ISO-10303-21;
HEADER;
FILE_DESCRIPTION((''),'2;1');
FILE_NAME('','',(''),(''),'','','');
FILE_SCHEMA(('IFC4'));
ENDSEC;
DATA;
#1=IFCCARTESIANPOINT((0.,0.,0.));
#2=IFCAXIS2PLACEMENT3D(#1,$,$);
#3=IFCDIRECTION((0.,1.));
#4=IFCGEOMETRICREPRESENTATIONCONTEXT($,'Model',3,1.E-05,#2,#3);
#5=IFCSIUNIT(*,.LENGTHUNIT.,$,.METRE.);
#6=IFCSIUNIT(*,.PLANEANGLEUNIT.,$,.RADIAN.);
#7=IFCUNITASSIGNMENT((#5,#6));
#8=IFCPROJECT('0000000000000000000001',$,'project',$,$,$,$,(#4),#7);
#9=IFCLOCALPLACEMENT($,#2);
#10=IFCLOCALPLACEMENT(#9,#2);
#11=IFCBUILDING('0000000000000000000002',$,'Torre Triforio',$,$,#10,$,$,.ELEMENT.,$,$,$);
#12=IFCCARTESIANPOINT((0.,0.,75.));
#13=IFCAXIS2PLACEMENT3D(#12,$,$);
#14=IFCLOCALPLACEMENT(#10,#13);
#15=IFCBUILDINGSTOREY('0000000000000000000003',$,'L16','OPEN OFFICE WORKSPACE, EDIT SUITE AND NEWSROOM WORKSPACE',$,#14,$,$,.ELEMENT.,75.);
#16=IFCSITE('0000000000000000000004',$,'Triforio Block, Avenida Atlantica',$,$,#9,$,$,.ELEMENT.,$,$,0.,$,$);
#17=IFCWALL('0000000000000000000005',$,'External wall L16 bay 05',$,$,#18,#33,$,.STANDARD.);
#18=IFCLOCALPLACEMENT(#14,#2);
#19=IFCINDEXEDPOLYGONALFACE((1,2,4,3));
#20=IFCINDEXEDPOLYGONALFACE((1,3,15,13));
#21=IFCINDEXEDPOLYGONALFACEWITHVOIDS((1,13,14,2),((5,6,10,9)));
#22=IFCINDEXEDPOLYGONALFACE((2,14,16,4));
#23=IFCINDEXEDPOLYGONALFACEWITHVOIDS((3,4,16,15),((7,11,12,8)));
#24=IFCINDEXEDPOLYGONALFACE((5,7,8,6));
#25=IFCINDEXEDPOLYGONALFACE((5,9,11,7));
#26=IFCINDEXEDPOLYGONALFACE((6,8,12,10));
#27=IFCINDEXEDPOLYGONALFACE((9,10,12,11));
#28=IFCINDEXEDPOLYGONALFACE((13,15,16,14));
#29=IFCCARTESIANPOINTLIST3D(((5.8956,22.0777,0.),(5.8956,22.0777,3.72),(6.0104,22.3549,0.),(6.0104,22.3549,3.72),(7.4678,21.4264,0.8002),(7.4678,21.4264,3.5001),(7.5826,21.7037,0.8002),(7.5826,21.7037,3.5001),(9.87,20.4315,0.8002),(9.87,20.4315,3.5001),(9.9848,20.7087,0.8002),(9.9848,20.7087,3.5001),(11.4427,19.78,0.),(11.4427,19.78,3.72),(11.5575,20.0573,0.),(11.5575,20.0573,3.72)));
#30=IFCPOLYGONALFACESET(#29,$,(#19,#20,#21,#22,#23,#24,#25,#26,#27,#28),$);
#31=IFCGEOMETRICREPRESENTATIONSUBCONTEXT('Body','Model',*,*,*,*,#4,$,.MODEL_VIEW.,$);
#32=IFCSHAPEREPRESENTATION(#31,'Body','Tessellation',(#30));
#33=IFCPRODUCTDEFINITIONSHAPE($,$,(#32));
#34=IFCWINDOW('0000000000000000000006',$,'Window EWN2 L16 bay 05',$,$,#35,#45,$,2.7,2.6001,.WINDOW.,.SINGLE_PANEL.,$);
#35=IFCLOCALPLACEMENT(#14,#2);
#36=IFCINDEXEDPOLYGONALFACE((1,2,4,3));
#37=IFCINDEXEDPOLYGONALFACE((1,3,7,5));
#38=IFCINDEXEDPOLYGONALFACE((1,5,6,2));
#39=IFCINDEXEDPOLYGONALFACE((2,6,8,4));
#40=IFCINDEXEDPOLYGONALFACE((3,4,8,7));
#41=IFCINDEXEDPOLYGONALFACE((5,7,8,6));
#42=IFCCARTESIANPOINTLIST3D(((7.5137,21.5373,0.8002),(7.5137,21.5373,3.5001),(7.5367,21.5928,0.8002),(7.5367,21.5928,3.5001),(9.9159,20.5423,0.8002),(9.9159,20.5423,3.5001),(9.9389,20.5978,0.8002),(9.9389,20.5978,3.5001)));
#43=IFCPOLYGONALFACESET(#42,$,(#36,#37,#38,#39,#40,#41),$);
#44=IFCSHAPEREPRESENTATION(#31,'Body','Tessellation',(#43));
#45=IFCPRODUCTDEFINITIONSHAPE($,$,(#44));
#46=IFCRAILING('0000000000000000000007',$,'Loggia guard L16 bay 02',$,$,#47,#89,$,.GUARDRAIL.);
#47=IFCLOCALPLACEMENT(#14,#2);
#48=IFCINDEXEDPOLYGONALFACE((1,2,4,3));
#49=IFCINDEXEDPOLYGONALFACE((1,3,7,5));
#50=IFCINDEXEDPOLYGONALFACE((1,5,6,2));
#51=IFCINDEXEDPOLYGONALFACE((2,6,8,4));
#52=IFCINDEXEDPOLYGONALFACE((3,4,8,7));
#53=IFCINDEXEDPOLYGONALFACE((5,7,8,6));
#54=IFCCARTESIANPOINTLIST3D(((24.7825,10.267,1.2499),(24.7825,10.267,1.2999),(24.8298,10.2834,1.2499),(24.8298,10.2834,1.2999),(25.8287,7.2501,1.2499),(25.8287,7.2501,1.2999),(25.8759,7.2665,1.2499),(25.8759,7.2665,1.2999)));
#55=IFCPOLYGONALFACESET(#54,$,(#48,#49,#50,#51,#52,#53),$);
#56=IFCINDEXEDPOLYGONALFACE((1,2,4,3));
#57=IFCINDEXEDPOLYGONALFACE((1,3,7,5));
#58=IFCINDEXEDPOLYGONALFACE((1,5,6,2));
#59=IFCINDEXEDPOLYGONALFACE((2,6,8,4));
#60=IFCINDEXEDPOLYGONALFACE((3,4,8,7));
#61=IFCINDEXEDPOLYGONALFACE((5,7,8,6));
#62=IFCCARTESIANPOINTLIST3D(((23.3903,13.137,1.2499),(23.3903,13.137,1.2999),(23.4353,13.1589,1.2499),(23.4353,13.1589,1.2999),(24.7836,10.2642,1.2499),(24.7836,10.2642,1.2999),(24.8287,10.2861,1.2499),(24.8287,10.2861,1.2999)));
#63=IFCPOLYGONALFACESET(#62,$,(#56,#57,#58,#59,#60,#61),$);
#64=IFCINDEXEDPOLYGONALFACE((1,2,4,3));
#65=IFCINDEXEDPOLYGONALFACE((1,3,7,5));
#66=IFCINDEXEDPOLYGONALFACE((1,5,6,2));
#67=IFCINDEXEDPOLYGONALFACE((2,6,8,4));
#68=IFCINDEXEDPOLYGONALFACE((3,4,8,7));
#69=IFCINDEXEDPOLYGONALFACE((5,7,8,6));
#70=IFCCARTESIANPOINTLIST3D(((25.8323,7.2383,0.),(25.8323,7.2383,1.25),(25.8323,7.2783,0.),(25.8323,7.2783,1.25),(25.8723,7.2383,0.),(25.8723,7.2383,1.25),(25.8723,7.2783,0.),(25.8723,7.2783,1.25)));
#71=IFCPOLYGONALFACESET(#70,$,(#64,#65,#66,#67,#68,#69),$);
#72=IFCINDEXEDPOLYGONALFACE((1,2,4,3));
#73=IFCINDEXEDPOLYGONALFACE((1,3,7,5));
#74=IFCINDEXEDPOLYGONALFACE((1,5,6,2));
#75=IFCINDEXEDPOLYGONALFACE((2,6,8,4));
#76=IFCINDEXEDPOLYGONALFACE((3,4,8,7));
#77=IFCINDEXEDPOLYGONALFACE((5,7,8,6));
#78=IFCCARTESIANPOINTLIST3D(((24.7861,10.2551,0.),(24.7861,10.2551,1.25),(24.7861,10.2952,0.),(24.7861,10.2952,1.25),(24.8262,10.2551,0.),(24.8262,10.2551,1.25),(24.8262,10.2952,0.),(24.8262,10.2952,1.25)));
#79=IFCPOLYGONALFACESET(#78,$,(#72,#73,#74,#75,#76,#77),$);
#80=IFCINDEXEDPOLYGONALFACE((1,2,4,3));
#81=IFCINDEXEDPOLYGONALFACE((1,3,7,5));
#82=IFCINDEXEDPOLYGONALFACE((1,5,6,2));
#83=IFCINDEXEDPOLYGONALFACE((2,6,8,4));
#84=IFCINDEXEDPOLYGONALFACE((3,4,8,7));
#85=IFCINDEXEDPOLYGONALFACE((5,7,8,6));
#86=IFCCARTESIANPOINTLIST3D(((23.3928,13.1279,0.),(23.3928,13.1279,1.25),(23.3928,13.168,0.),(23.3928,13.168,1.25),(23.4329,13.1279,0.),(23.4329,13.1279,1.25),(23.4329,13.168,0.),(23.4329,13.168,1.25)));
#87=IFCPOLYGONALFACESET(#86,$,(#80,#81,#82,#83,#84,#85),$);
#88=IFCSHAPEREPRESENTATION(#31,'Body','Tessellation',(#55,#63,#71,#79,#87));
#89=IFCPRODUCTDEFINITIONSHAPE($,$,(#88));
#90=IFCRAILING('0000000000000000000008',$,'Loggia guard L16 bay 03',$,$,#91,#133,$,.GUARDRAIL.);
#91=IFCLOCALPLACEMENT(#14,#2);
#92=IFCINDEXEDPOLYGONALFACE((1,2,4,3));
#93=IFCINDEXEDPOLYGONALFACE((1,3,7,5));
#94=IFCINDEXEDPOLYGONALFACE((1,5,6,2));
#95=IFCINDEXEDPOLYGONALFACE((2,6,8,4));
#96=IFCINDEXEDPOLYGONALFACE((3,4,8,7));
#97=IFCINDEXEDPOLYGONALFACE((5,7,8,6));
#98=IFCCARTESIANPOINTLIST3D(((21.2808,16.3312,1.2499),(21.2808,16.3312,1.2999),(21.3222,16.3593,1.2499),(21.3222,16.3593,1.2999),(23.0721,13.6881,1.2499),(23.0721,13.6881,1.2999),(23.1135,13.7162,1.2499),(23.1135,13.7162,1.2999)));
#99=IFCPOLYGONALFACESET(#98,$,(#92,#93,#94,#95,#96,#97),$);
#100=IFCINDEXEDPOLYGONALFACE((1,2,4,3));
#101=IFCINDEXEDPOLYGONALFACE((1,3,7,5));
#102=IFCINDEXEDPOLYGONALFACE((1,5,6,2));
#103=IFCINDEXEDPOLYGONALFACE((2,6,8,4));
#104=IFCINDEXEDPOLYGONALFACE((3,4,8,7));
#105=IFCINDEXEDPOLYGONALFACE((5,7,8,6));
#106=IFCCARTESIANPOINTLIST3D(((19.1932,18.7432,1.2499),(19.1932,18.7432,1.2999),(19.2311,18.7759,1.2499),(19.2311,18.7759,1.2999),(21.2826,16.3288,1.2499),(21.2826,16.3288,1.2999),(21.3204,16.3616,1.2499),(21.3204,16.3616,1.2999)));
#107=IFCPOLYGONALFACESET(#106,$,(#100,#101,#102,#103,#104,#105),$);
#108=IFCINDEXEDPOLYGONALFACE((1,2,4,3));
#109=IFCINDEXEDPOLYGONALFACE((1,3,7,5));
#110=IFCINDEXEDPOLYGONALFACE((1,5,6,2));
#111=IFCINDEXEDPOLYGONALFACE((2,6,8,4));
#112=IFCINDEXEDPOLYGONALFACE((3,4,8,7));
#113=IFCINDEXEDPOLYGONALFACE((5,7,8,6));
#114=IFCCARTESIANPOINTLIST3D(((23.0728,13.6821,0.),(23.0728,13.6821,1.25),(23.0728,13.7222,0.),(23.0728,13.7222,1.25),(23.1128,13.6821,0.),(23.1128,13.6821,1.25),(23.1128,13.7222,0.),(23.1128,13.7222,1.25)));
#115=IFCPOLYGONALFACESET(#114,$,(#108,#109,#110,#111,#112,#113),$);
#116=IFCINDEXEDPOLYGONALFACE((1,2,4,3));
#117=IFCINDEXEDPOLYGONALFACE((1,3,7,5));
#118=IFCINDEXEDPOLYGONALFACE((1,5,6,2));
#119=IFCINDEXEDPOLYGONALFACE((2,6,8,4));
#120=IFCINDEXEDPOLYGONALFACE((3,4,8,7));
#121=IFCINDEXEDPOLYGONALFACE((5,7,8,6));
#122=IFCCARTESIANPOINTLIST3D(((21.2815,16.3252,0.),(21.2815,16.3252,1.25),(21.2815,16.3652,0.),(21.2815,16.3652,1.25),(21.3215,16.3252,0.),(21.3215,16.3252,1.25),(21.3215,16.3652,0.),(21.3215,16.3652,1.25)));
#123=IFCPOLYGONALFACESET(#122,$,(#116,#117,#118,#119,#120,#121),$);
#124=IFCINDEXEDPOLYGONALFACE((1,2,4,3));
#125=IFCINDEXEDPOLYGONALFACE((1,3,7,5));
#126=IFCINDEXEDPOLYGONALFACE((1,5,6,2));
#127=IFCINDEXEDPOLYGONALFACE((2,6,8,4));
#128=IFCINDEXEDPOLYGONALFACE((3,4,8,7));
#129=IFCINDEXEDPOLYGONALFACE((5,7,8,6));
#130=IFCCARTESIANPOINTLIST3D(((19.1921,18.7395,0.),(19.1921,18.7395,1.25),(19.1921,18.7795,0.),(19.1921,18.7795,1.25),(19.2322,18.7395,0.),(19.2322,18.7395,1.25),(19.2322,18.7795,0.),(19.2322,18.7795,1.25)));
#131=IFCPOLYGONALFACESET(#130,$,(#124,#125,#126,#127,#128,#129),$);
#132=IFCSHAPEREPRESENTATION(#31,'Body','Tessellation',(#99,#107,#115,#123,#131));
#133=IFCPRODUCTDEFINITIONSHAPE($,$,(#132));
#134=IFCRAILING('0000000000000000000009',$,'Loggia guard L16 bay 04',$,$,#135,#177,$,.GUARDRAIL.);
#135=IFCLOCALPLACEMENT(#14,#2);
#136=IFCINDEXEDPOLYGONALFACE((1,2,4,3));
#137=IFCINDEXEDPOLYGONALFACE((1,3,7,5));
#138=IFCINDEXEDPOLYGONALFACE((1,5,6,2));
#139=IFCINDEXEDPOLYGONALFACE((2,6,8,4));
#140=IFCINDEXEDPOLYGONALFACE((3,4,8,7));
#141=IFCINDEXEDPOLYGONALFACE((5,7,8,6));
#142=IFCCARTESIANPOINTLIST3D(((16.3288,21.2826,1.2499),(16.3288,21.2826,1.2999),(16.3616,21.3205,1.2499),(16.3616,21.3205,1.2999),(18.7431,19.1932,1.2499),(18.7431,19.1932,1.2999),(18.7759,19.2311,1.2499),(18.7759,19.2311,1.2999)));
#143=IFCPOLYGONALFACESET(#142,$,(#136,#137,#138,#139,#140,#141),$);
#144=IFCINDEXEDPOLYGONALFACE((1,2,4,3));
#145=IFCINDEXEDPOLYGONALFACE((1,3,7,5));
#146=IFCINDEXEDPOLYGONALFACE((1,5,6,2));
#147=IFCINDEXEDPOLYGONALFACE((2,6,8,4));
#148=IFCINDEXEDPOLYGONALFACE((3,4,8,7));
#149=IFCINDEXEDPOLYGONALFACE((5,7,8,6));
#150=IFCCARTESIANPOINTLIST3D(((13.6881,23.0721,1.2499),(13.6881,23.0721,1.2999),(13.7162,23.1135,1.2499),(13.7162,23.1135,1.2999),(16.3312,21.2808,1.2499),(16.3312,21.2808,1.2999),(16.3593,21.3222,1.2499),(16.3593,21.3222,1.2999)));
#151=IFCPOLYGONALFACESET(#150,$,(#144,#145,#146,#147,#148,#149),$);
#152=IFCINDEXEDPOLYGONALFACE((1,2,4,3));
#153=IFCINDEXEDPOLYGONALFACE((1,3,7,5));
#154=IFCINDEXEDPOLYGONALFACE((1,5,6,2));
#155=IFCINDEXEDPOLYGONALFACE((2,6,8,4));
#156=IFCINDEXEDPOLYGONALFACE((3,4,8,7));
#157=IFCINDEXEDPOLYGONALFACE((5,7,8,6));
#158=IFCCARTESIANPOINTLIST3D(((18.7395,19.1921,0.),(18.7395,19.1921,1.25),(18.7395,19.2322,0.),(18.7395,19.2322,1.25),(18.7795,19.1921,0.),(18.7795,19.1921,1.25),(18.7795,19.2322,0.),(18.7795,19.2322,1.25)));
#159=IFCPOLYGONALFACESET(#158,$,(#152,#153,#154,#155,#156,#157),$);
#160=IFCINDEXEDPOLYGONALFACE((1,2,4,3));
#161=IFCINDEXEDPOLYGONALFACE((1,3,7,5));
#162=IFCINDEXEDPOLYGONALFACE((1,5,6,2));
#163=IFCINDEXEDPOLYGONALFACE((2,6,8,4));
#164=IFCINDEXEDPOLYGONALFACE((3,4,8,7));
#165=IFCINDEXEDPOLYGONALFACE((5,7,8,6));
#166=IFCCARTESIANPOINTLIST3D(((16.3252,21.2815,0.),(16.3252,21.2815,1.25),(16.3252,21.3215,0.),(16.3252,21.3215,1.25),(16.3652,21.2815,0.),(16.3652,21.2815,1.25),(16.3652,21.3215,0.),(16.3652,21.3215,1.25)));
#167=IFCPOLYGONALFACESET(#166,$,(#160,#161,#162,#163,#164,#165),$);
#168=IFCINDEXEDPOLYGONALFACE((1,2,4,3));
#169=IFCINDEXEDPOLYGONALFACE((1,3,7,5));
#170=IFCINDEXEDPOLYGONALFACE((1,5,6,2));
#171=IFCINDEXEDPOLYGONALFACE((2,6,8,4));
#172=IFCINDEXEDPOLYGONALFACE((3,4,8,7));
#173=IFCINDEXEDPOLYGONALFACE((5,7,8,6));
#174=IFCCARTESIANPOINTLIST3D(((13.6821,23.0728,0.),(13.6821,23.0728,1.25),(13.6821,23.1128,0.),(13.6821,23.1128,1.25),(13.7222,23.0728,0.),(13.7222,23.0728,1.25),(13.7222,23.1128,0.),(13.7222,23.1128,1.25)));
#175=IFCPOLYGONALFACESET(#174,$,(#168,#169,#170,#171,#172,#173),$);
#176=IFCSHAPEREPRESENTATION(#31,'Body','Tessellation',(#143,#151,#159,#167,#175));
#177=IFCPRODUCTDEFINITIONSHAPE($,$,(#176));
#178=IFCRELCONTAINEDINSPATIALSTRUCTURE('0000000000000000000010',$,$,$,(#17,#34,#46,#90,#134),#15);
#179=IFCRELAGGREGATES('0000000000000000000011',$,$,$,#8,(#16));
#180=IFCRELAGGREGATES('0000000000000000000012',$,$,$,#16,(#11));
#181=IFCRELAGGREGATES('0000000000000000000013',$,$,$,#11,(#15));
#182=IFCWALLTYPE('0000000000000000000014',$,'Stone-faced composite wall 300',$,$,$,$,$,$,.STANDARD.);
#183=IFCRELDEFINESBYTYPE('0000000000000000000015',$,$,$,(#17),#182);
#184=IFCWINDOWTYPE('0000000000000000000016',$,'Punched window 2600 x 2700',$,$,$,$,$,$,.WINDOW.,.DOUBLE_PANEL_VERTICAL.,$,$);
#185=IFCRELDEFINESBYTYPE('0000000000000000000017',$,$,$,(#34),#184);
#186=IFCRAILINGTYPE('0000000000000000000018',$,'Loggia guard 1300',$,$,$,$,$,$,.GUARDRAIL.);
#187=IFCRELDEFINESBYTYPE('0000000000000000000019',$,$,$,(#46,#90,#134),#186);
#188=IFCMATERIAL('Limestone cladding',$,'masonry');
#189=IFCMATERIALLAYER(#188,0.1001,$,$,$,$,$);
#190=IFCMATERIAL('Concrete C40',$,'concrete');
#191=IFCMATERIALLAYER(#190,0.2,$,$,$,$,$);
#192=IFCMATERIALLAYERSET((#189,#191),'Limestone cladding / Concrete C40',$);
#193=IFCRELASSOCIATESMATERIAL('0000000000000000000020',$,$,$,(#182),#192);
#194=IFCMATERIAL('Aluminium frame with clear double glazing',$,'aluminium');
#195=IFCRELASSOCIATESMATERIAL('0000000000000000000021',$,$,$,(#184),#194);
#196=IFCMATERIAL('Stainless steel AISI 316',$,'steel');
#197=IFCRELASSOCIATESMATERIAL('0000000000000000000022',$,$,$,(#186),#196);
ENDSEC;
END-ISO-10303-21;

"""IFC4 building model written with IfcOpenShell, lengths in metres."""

from ifc_helpers import new_model, si_unit, direction, frame, frame_2d, origin, origin_2d, place, context, subcontext, project, spatial, rectangle, extrude, material, layer, layer_set, type_object, element, fill, save


model = new_model("IFC4")

# Units and contexts
model_context = context("Model", 3, precision=1e-05, world=origin(), true_north=direction((0.0, 1.0)))
body_context = subcontext(model_context, "Body", "Model", "MODEL_VIEW")
ifc_project = project(units=[si_unit("LENGTHUNIT", "METRE"), si_unit("PLANEANGLEUNIT", "RADIAN")], contexts=[model_context])

# Site, building, storey
site_placement = place(None, origin())
site = spatial("IfcSite", under=ifc_project, at=site_placement, Name="Triforio Block, Avenida Atlantica", CompositionType="ELEMENT", RefElevation=0.0)
building_placement = place(site_placement, origin())
building = spatial("IfcBuilding", under=site, at=building_placement, Name="Torre Triforio", CompositionType="ELEMENT")
storey_placement = place(building_placement, frame((0.0, 0.0, 75.0)))
storey = spatial("IfcBuildingStorey", under=building, at=storey_placement, Name="L16", Description="OPEN OFFICE WORKSPACE, EDIT SUITE AND NEWSROOM WORKSPACE", CompositionType="ELEMENT", Elevation=75.0)

# Shared definitions
ifc_material_1 = material(Name="Limestone cladding", Category="masonry")
ifc_material_2 = material(Name="Concrete C40", Category="concrete")

# Shared definitions
ifc_layer_1 = layer(ifc_material_1, 0.1001)
ifc_layer_2 = layer(ifc_material_2, 0.2)
ifc_layer_set_1 = layer_set([ifc_layer_1, ifc_layer_2], Name="Limestone cladding / Concrete C40")
wall_type_1 = type_object("IfcWallType", Name="Stone-faced composite wall 300", PredefinedType="STANDARD", material=ifc_layer_set_1)
ifc_material_3 = material(Name="Aluminium frame with clear double glazing", Category="aluminium")
window_type_1 = type_object("IfcWindowType", Name="Punched window 2600 x 2700", PartitioningType="DOUBLE_PANEL_VERTICAL", PredefinedType="WINDOW", material=ifc_material_3)

# Wall, opening, window
wall_1_placement = place(storey_placement, frame((11.5, 19.9187, 0.0), z_axis=(0.0, 0.0, 1.0), x_axis=(-0.923885, 0.382671, 0.0)))
wall_1 = element("IfcWall", 1, at=wall_1_placement, inside=storey, type_object=wall_type_1, Name="External wall L16 bay 05", PredefinedType="STANDARD", context=body_context, shape_type="SweptSolid", body=[
    extrude(rectangle(XDim=6.0042, YDim=0.3, at=frame_2d((3.002, 0.0))), origin(), (0.0, 0.0, 1.0), 3.72),
])
opening_1_placement = place(wall_1_placement, frame((1.7021, 0.0, 0.8)))
opening_1 = element("IfcOpeningElement", 2, at=opening_1_placement, cuts=wall_1, PredefinedType="OPENING", context=body_context, shape_type="SweptSolid", body=[
    extrude(rectangle(XDim=2.6001, YDim=2.7, at=frame_2d((1.3, 1.3501))), frame((0.0, 0.1599, 0.0), z_axis=(0.0, -1.0, 0.0), x_axis=(1.0, 0.0, 0.0)), (0.0, 0.0, 1.0), 0.3201),
])
window_1_placement = place(opening_1_placement, origin())
window_1 = element("IfcWindow", 3, at=window_1_placement, inside=storey, type_object=window_type_1, Name="Window EWN2 L16 bay 05", OverallHeight=2.7, OverallWidth=2.6001, PartitioningType="SINGLE_PANEL", PredefinedType="WINDOW", context=body_context, shape_type="SweptSolid", body=[
    extrude(rectangle(XDim=2.6001, YDim=2.7, at=frame_2d((1.3, 1.3501))), frame((0.0, 0.03, 0.0), z_axis=(0.0, -1.0, 0.0), x_axis=(1.0, 0.0, 0.0)), (0.0, 0.0, 1.0), 0.0601),
])
fill(opening_1, window_1)

# Railings
ifc_material_4 = material(Name="Stainless steel AISI 316", Category="steel")
railing_type = type_object("IfcRailingType", Name="Loggia guard 1300", PredefinedType="GUARDRAIL", material=ifc_material_4)
railing_1_placement = place(storey_placement, frame((25.8523, 7.2583, 0.0)))
element("IfcRailing", 4, at=railing_1_placement, inside=storey, type_object=railing_type, Name="Loggia guard L16 bay 02", PredefinedType="GUARDRAIL", context=body_context, shape_type="SweptSolid", body=[
    extrude(rectangle(XDim=0.05, YDim=0.05, at=origin_2d()), frame((0.0, 0.0, 1.2749), z_axis=(-0.327628, 0.944807, 0.0), x_axis=(-0.944807, -0.327628, 0.0)), (0.0, 0.0, 1.0), 3.1931),
    extrude(rectangle(XDim=0.05, YDim=0.05, at=origin_2d()), frame((-1.0461, 3.0168, 1.2749), z_axis=(-0.436384, 0.89976, 0.0), x_axis=(-0.89976, -0.436384, 0.0)), (0.0, 0.0, 1.0), 3.1929),
    extrude(rectangle(XDim=0.04, YDim=0.04, at=origin_2d()), origin(), (0.0, 0.0, 1.0), 1.25),
    extrude(rectangle(XDim=0.04, YDim=0.04, at=origin_2d()), frame((-1.0461, 3.0168, 0.0)), (0.0, 0.0, 1.0), 1.25),
    extrude(rectangle(XDim=0.04, YDim=0.04, at=origin_2d()), frame((-2.4395, 5.8896, 0.0)), (0.0, 0.0, 1.0), 1.25),
])
railing_2_placement = place(storey_placement, frame((23.0928, 13.7021, 0.0)))
element("IfcRailing", 5, at=railing_2_placement, inside=storey, type_object=railing_type, Name="Loggia guard L16 bay 03", PredefinedType="GUARDRAIL", context=body_context, shape_type="SweptSolid", body=[
    extrude(rectangle(XDim=0.05, YDim=0.05, at=origin_2d()), frame((0.0, 0.0, 1.2749), z_axis=(-0.561019, 0.827803, 0.0), x_axis=(-0.827803, -0.561019, 0.0)), (0.0, 0.0, 1.0), 3.1929),
    extrude(rectangle(XDim=0.05, YDim=0.05, at=origin_2d()), frame((-1.7913, 2.6431, 1.2749), z_axis=(-0.654386, 0.756161, 0.0), x_axis=(-0.756161, -0.654386, 0.0)), (0.0, 0.0, 1.0), 3.1929),
    extrude(rectangle(XDim=0.04, YDim=0.04, at=origin_2d()), origin(), (0.0, 0.0, 1.0), 1.25),
    extrude(rectangle(XDim=0.04, YDim=0.04, at=origin_2d()), frame((-1.7913, 2.6431, 0.0)), (0.0, 0.0, 1.0), 1.25),
    extrude(rectangle(XDim=0.04, YDim=0.04, at=origin_2d()), frame((-3.8806, 5.0574, 0.0)), (0.0, 0.0, 1.0), 1.25),
])
railing_3_placement = place(storey_placement, frame((18.7595, 19.2122, 0.0)))
element("IfcRailing", 6, at=railing_3_placement, inside=storey, type_object=railing_type, Name="Loggia guard L16 bay 04", PredefinedType="GUARDRAIL", context=body_context, shape_type="SweptSolid", body=[
    extrude(rectangle(XDim=0.05, YDim=0.05, at=origin_2d()), frame((0.0, 0.0, 1.2749), z_axis=(-0.756161, 0.654386, 0.0), x_axis=(-0.654386, -0.756161, 0.0)), (0.0, 0.0, 1.0), 3.1929),
    extrude(rectangle(XDim=0.05, YDim=0.05, at=origin_2d()), frame((-2.4143, 2.0894, 1.2749), z_axis=(-0.827803, 0.561019, 0.0), x_axis=(-0.561019, -0.827803, 0.0)), (0.0, 0.0, 1.0), 3.1929),
    extrude(rectangle(XDim=0.04, YDim=0.04, at=origin_2d()), origin(), (0.0, 0.0, 1.0), 1.25),
    extrude(rectangle(XDim=0.04, YDim=0.04, at=origin_2d()), frame((-2.4143, 2.0894, 0.0)), (0.0, 0.0, 1.0), 1.25),
    extrude(rectangle(XDim=0.04, YDim=0.04, at=origin_2d()), frame((-5.0574, 3.8806, 0.0)), (0.0, 0.0, 1.0), 1.25),
])

save(model, "model.ifc")
